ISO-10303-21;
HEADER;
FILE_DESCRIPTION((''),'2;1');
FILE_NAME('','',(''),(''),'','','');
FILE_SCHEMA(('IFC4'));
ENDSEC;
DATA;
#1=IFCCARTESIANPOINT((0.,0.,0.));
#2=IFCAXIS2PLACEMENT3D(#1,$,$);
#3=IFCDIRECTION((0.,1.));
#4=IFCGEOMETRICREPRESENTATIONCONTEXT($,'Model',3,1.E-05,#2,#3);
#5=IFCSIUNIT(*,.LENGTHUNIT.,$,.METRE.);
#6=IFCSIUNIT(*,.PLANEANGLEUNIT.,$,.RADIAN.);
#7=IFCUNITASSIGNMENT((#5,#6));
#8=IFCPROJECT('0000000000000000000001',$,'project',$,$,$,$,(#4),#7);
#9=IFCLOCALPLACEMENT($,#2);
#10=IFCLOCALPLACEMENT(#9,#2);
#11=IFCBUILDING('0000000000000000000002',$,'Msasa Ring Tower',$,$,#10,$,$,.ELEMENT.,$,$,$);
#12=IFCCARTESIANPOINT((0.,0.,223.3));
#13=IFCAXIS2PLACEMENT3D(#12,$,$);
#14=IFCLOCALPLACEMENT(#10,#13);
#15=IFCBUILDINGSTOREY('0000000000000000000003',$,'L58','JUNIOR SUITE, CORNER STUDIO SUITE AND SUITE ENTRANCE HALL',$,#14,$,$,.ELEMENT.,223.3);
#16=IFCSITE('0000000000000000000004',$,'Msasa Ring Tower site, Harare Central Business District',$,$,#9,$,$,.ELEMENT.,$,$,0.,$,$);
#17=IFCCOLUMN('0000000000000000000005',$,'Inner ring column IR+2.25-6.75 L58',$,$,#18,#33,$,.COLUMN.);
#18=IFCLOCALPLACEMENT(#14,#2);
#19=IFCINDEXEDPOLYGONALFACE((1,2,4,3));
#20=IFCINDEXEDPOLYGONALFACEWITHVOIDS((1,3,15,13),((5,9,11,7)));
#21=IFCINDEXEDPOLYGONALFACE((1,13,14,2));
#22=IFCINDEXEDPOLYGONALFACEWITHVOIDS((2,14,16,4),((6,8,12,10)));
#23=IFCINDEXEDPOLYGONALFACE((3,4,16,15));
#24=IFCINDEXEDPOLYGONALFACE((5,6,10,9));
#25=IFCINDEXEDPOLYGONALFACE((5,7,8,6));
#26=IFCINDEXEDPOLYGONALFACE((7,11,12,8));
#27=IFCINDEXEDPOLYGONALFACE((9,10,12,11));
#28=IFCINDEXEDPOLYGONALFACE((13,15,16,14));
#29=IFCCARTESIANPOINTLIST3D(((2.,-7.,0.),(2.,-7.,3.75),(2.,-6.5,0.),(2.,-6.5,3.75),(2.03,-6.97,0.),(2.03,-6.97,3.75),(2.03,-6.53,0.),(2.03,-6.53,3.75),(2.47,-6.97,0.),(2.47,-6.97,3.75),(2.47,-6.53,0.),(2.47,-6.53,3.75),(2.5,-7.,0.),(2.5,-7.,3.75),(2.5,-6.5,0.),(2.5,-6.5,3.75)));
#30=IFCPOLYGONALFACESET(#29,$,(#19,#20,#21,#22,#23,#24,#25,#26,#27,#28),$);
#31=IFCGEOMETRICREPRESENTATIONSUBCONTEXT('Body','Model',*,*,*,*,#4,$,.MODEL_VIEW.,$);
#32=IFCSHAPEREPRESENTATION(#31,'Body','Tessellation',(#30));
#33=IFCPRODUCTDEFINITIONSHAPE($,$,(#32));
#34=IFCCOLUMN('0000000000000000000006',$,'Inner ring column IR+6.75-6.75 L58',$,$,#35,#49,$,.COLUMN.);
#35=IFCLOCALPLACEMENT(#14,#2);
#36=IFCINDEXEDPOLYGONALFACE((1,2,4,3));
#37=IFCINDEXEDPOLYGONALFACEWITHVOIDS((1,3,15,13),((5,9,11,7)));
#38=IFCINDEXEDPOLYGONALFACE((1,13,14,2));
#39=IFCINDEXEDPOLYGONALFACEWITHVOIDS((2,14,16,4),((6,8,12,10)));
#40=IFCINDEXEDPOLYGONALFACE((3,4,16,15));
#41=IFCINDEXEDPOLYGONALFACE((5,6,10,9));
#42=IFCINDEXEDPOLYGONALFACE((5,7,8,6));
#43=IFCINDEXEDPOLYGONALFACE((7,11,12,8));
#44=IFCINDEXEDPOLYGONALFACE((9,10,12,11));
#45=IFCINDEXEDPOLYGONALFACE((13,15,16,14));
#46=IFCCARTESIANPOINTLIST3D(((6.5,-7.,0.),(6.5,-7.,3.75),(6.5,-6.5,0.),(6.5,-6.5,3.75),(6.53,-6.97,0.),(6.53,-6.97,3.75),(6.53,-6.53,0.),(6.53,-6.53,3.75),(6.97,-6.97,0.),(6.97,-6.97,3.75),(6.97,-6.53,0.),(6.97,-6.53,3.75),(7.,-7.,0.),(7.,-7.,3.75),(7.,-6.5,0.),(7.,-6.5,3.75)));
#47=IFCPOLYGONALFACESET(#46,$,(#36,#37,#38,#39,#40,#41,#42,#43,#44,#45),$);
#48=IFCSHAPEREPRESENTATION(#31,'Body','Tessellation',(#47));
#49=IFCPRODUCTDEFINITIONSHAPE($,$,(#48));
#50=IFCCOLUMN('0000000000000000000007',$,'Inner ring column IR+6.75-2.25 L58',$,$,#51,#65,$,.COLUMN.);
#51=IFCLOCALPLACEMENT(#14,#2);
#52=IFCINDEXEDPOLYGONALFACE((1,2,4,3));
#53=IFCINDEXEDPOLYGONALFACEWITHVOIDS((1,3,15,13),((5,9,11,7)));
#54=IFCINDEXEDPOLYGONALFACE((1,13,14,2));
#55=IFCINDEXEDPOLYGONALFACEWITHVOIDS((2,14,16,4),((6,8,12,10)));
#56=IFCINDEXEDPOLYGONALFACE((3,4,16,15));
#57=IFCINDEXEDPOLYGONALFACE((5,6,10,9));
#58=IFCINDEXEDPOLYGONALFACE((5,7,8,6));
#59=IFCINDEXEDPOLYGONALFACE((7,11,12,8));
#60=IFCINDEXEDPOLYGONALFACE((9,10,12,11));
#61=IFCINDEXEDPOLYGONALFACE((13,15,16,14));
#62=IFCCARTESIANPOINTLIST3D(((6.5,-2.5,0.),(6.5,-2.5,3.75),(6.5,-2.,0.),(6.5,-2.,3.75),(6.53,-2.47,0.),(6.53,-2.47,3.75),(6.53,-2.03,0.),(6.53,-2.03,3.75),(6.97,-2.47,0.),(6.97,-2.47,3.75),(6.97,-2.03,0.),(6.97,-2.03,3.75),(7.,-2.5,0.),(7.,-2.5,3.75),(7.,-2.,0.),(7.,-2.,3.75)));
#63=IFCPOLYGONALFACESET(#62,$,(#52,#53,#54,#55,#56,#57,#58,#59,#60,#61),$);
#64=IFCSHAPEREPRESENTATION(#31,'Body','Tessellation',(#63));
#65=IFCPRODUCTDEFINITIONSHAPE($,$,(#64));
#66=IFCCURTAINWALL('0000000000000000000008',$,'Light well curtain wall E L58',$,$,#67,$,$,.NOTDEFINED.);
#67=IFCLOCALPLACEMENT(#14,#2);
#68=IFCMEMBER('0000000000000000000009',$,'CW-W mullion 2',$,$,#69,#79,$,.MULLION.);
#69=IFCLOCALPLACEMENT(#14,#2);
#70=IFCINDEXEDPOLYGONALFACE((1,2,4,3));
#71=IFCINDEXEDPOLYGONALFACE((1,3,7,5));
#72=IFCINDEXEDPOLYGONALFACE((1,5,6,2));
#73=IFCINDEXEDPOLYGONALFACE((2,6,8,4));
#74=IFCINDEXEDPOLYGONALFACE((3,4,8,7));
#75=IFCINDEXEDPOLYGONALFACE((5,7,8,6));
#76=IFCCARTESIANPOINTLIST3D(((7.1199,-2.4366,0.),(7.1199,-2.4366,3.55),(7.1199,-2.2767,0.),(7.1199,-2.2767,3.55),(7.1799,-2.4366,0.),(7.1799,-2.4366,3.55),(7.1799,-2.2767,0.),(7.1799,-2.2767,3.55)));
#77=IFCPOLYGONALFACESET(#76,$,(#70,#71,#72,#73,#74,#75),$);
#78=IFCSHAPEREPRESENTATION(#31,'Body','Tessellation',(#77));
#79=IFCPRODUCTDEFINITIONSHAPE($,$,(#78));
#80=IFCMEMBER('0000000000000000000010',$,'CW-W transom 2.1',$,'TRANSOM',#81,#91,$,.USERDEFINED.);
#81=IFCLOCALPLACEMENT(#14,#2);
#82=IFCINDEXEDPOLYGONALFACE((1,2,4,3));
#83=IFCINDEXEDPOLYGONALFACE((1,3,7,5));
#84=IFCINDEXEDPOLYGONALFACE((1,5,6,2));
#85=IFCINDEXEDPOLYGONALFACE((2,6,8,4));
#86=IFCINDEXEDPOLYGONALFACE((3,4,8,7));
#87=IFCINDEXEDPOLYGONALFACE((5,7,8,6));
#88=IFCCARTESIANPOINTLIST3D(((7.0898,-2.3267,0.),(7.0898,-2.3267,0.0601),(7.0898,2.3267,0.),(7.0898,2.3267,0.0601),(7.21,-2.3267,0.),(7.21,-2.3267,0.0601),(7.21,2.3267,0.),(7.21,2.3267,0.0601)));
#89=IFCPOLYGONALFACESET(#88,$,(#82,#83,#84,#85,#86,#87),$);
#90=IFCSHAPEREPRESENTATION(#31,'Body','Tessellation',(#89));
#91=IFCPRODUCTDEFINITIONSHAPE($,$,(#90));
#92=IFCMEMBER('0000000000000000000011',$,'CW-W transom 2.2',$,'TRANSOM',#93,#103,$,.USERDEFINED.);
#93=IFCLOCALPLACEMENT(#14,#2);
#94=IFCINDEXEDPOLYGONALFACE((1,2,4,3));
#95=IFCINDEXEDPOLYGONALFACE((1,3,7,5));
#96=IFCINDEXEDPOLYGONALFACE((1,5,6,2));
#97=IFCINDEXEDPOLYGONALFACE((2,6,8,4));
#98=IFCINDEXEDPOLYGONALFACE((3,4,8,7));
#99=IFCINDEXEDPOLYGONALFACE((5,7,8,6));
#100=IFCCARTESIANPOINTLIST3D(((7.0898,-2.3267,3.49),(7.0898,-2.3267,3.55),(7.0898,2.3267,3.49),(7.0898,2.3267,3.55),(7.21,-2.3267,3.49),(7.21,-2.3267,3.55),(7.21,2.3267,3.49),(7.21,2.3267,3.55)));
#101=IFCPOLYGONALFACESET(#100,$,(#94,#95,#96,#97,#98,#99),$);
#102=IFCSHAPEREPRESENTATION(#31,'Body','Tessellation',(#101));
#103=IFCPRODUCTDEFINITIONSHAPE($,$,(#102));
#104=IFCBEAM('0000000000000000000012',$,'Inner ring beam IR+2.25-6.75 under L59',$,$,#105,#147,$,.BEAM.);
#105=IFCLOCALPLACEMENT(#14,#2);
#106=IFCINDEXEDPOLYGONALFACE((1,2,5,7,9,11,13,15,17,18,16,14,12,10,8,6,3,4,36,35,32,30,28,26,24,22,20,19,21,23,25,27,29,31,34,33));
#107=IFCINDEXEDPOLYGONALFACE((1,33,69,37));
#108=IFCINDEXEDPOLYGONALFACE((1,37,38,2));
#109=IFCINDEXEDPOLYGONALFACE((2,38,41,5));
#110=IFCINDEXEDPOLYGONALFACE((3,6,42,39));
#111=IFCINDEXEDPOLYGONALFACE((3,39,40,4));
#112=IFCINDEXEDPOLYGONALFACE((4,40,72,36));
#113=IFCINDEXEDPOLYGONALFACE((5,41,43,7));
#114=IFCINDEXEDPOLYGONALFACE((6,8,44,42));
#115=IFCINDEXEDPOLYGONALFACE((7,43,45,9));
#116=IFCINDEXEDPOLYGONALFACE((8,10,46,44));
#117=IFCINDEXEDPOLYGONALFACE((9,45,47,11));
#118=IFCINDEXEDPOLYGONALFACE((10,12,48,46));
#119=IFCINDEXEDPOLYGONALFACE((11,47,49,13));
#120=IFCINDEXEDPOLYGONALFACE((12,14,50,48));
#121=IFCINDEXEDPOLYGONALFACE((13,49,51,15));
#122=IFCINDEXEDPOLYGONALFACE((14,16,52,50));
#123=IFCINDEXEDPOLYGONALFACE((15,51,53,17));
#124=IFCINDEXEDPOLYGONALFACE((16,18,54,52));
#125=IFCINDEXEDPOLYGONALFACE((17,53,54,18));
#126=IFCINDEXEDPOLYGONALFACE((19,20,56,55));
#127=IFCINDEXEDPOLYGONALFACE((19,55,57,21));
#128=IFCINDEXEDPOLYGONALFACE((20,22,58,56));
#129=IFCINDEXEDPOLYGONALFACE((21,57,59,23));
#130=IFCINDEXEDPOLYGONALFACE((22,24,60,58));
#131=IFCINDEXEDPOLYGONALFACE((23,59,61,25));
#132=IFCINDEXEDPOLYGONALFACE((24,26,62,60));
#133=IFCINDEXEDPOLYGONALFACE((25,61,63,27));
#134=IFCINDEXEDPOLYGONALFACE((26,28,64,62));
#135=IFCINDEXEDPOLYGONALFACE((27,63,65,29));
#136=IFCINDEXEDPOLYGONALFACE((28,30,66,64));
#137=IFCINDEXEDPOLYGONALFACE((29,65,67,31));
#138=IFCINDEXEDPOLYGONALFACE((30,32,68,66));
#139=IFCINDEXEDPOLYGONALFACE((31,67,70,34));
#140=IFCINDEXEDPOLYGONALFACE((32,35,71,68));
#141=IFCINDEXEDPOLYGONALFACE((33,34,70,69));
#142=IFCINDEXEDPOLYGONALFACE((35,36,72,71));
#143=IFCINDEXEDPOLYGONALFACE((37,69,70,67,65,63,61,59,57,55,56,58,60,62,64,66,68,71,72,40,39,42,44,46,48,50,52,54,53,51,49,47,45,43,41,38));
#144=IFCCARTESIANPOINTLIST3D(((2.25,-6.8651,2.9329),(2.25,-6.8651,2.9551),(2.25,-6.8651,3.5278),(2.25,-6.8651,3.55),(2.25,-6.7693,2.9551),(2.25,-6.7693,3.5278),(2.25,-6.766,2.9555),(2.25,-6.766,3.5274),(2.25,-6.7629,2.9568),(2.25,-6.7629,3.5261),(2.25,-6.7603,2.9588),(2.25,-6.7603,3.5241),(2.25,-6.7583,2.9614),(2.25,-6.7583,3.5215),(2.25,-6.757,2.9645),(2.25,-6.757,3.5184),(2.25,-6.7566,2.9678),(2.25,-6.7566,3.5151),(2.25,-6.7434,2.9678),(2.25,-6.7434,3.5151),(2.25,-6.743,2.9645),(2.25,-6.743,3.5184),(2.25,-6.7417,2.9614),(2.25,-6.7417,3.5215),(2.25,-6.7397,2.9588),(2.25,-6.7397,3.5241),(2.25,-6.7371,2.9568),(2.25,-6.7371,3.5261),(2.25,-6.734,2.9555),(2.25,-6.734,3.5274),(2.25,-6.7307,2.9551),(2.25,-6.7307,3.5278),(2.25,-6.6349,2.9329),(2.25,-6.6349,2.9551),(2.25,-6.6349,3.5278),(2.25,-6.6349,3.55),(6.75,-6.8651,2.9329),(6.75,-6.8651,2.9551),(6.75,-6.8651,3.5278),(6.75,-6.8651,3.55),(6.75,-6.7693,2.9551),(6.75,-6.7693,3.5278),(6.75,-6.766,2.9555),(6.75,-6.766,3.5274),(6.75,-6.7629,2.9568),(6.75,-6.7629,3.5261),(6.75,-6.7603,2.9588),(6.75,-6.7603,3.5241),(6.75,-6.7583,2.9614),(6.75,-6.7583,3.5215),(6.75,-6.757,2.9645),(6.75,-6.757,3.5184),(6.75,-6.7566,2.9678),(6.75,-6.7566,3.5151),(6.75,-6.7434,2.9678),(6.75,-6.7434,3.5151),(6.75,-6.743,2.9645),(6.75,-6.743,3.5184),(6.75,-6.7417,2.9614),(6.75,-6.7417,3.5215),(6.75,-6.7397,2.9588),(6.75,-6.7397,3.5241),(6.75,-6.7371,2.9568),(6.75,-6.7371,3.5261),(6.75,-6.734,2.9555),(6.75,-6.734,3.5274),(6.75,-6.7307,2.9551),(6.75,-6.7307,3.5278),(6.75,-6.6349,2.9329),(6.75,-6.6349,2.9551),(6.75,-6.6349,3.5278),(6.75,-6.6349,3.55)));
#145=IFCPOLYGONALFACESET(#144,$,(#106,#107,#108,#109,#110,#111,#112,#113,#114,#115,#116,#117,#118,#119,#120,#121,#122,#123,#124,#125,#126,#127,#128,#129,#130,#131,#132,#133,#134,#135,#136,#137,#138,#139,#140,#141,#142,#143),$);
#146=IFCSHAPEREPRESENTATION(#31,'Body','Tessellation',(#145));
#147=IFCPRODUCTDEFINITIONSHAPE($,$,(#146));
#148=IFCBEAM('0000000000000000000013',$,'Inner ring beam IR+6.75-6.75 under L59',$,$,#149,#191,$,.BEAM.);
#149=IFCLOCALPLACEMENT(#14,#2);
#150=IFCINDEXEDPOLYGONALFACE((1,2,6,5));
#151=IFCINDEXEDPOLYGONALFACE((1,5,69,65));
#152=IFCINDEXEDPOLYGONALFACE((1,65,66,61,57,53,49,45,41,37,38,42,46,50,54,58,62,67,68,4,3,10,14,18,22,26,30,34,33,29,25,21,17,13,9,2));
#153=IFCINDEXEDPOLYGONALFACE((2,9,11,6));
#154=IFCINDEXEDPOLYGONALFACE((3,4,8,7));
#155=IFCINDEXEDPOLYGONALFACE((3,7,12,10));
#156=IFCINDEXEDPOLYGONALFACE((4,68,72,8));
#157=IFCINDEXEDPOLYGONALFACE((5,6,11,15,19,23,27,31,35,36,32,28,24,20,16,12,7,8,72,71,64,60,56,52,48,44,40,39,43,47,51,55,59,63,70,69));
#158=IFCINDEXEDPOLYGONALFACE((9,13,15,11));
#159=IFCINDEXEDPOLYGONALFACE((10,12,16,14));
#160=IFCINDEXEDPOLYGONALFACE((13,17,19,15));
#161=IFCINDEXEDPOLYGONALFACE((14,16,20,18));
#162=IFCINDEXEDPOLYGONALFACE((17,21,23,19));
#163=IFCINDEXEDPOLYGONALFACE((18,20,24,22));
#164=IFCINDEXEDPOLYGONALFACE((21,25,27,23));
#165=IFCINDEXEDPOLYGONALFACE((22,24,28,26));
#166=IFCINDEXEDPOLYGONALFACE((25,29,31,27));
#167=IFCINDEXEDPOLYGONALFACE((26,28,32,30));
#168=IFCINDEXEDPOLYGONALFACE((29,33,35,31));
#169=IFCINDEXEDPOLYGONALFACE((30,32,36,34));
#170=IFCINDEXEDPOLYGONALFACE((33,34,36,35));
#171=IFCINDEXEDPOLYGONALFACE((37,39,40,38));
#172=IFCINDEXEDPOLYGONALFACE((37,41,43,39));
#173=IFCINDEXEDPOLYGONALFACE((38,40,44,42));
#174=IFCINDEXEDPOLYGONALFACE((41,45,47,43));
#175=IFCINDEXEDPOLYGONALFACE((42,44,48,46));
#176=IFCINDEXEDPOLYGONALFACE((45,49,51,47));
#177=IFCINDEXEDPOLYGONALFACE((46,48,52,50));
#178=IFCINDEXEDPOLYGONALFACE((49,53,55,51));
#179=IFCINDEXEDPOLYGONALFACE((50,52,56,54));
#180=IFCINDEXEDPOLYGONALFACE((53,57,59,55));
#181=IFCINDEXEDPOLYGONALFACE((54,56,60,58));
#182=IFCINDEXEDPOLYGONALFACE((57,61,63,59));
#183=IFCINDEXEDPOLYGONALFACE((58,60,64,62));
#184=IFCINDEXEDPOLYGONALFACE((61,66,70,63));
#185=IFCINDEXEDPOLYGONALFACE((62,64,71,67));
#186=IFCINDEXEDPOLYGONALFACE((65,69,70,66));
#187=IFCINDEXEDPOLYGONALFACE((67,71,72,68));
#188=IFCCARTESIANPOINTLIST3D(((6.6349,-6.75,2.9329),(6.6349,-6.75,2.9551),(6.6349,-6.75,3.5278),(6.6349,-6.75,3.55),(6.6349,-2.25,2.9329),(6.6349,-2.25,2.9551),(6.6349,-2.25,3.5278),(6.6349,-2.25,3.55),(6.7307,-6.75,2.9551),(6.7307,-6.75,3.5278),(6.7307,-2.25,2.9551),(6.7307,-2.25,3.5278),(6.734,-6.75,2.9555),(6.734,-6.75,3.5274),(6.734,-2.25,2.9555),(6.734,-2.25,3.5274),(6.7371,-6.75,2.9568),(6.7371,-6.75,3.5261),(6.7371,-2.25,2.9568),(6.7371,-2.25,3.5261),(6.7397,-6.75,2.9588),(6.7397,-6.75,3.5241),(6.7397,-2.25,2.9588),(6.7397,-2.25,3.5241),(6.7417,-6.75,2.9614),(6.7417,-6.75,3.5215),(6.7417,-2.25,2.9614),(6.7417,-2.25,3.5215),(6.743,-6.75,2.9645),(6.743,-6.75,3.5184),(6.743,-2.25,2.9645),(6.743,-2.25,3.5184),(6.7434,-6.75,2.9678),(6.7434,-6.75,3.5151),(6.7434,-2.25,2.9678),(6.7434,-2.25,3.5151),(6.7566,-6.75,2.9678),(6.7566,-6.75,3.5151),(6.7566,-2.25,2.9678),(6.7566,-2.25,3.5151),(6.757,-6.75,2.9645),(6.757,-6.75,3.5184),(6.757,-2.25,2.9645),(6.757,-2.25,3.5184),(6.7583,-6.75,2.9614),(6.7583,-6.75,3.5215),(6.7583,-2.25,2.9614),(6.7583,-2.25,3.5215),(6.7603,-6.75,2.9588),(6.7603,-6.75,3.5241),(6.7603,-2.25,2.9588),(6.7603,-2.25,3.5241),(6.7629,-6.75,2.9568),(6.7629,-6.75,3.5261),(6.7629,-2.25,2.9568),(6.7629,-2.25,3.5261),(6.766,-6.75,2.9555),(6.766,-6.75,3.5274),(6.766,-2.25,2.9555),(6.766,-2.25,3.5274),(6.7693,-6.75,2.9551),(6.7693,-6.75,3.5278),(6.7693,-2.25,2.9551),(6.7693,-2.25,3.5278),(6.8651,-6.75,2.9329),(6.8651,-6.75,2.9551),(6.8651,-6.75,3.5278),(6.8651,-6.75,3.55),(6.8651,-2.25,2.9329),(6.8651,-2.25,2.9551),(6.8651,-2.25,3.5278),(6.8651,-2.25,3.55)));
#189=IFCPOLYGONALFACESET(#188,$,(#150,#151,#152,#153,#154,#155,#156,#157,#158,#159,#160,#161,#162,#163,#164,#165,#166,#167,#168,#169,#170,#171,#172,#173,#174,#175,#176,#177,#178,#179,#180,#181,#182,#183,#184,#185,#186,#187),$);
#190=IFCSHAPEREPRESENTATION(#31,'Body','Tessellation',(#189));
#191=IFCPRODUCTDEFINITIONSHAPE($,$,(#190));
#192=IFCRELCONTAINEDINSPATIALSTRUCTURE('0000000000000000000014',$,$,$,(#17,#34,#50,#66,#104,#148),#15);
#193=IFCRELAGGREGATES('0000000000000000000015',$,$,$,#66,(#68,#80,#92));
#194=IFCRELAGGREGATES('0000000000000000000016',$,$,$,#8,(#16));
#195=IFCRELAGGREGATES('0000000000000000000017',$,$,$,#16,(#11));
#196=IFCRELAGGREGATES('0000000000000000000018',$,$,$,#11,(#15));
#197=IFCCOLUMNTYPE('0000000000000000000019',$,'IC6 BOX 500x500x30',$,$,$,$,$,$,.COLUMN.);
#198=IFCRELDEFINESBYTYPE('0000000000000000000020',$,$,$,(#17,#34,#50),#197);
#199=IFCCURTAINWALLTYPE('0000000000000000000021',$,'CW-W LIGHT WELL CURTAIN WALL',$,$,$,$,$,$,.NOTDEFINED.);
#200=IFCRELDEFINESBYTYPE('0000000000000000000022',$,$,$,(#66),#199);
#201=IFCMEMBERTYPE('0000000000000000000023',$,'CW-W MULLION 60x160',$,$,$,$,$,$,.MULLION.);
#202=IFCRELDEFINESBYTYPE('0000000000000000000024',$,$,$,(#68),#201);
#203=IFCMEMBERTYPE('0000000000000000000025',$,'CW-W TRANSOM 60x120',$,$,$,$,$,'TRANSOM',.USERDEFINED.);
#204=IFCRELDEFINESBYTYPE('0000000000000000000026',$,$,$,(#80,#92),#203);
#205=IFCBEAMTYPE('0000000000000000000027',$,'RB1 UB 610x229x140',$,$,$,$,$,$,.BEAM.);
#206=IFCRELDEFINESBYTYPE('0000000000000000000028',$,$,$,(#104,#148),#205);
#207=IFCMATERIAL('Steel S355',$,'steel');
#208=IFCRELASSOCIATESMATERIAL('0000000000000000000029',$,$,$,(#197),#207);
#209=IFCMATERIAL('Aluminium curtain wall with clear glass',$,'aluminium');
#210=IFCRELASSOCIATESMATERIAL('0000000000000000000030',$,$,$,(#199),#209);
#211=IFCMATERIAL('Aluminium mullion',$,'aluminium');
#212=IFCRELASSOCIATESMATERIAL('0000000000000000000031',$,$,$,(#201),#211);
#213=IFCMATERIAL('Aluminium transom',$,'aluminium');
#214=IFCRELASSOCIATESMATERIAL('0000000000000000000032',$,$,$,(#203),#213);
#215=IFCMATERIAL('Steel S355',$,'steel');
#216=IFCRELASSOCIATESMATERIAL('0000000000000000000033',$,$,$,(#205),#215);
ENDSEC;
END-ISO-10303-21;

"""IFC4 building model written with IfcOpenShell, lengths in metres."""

from ifc_helpers import new_model, si_unit, direction, frame, origin, origin_2d, place, context, subcontext, project, spatial, rectangle, hollow_rectangle, i_section, extrude, material, material_profile, profile_set, type_object, element, aggregate, save


model = new_model("IFC4")

# Units and contexts
model_context = context("Model", 3, precision=1e-05, world=origin(), true_north=direction((0.0, 1.0)))
body_context = subcontext(model_context, "Body", "Model", "MODEL_VIEW")
ifc_project = project(units=[si_unit("LENGTHUNIT", "METRE"), si_unit("PLANEANGLEUNIT", "RADIAN")], contexts=[model_context])

# Site, building, storey
site_placement = place(None, origin())
site = spatial("IfcSite", under=ifc_project, at=site_placement, Name="Msasa Ring Tower site, Harare Central Business District", CompositionType="ELEMENT", RefElevation=0.0)
building_placement = place(site_placement, origin())
building = spatial("IfcBuilding", under=site, at=building_placement, Name="Msasa Ring Tower", CompositionType="ELEMENT")
storey_placement = place(building_placement, frame((0.0, 0.0, 223.3)))
storey = spatial("IfcBuildingStorey", under=building, at=storey_placement, Name="L58", Description="JUNIOR SUITE, CORNER STUDIO SUITE AND SUITE ENTRANCE HALL", CompositionType="ELEMENT", Elevation=223.3)

# Columns
ifc_material_1 = material(Name="Steel S355", Category="steel")
ifc_material_profile_1 = material_profile(ifc_material_1, hollow_rectangle(XDim=0.5, YDim=0.5, WallThickness=0.03, at=origin_2d()), Name="BOX 500x500x30")
ifc_profile_set_1 = profile_set([ifc_material_profile_1], Name="Steel S355")
column_type = type_object("IfcColumnType", Name="IC6 BOX 500x500x30", PredefinedType="COLUMN", material=ifc_profile_set_1)
for number, where, z_axis, x_axis, name in (
    (1, (2.25, -6.75, 0.0), (0.0, 0.0, 1.0), (1.0, 0.0, 0.0), "Inner ring column IR+2.25-6.75 L58"),
    (2, (6.75, -6.75, 0.0), (0.0, 0.0, 1.0), (1.0, 0.0, 0.0), "Inner ring column IR+6.75-6.75 L58"),
    (3, (6.75, -2.25, 0.0), (0.0, 0.0, 1.0), (1.0, 0.0, 0.0), "Inner ring column IR+6.75-2.25 L58"),
):
    element("IfcColumn", number, at=place(storey_placement, frame(where, z_axis=z_axis, x_axis=x_axis)), inside=storey, type_object=column_type, Name=name, PredefinedType="COLUMN", context=body_context, shape_type="SweptSolid", body=[
        extrude(hollow_rectangle(XDim=0.5, YDim=0.5, WallThickness=0.03, at=origin_2d()), origin(), (0.0, 0.0, 1.0), 3.75),
    ])

# Curtain wall, members
ifc_material_2 = material(Name="Aluminium curtain wall with clear glass", Category="aluminium")
curtain_wall_type = type_object("IfcCurtainWallType", Name="CW-W LIGHT WELL CURTAIN WALL", PredefinedType="NOTDEFINED", material=ifc_material_2)
curtain_wall_placement = place(storey_placement, origin())
curtain_wall = element("IfcCurtainWall", 4, at=curtain_wall_placement, inside=storey, type_object=curtain_wall_type, Name="Light well curtain wall E L58", PredefinedType="NOTDEFINED")
ifc_material_3 = material(Name="Aluminium mullion", Category="aluminium")
ifc_material_profile_2 = material_profile(ifc_material_3, rectangle(XDim=0.0601, YDim=0.1599, at=origin_2d()), Name="AL 60x160")
ifc_profile_set_2 = profile_set([ifc_material_profile_2], Name="Aluminium mullion")
member_type_1 = type_object("IfcMemberType", Name="CW-W MULLION 60x160", PredefinedType="MULLION", material=ifc_profile_set_2)
member_1_placement = place(storey_placement, frame((7.1499, -2.3567, 0.0), z_axis=(0.0, 0.0, 1.0), x_axis=(-1.0, 0.0, 0.0)))
member_1 = element("IfcMember", 5, at=member_1_placement, type_object=member_type_1, Name="CW-W mullion 2", PredefinedType="MULLION", context=body_context, shape_type="SweptSolid", body=[
    extrude(rectangle(XDim=0.0601, YDim=0.1599, at=origin_2d()), origin(), (0.0, 0.0, 1.0), 3.55),
])
ifc_material_4 = material(Name="Aluminium transom", Category="aluminium")
ifc_material_profile_3 = material_profile(ifc_material_4, rectangle(XDim=0.1201, YDim=0.0601, at=origin_2d()), Name="AL 60x120")
ifc_profile_set_3 = profile_set([ifc_material_profile_3], Name="Aluminium transom")
member_type_2 = type_object("IfcMemberType", Name="CW-W TRANSOM 60x120", ElementType="TRANSOM", PredefinedType="USERDEFINED", material=ifc_profile_set_3)
member_2_placement = place(storey_placement, frame((7.1499, -2.3267, 0.03), z_axis=(0.0, 1.0, 0.0), x_axis=(-1.0, 0.0, 0.0)))
member_2 = element("IfcMember", 6, at=member_2_placement, type_object=member_type_2, Name="CW-W transom 2.1", ObjectType="TRANSOM", PredefinedType="USERDEFINED", context=body_context, shape_type="SweptSolid", body=[
    extrude(rectangle(XDim=0.1201, YDim=0.0601, at=origin_2d()), origin(), (0.0, 0.0, 1.0), 4.6533),
])
member_3_placement = place(storey_placement, frame((7.1499, -2.3267, 3.52), z_axis=(0.0, 1.0, 0.0), x_axis=(-1.0, 0.0, 0.0)))
member_3 = element("IfcMember", 7, at=member_3_placement, type_object=member_type_2, Name="CW-W transom 2.2", ObjectType="TRANSOM", PredefinedType="USERDEFINED", context=body_context, shape_type="SweptSolid", body=[
    extrude(rectangle(XDim=0.1201, YDim=0.0601, at=origin_2d()), origin(), (0.0, 0.0, 1.0), 4.6533),
])

# Beams
ifc_material_5 = material(Name="Steel S355", Category="steel")
ifc_material_profile_4 = material_profile(ifc_material_5, i_section(OverallWidth=0.2302, OverallDepth=0.6172, WebThickness=0.0132, FlangeThickness=0.0222, FilletRadius=0.0127, at=origin_2d()), Name="UB 610x229x140")
ifc_profile_set_4 = profile_set([ifc_material_profile_4], Name="Steel S355")
beam_type = type_object("IfcBeamType", Name="RB1 UB 610x229x140", PredefinedType="BEAM", material=ifc_profile_set_4)
for number, where, z_axis, x_axis, name in (
    (8, (2.25, -6.75, 3.2415), (1.0, 0.0, 0.0), (0.0, 1.0, 0.0), "Inner ring beam IR+2.25-6.75 under L59"),
    (9, (6.75, -6.75, 3.2415), (0.0, 1.0, 0.0), (-1.0, 0.0, 0.0), "Inner ring beam IR+6.75-6.75 under L59"),
):
    element("IfcBeam", number, at=place(storey_placement, frame(where, z_axis=z_axis, x_axis=x_axis)), inside=storey, type_object=beam_type, Name=name, PredefinedType="BEAM", context=body_context, shape_type="SweptSolid", body=[
        extrude(i_section(OverallWidth=0.2302, OverallDepth=0.6172, WebThickness=0.0132, FlangeThickness=0.0222, FilletRadius=0.0127, at=origin_2d()), origin(), (0.0, 0.0, 1.0), 4.5),
    ])

aggregate(curtain_wall, [member_1, member_2, member_3])

save(model, "model.ifc")
